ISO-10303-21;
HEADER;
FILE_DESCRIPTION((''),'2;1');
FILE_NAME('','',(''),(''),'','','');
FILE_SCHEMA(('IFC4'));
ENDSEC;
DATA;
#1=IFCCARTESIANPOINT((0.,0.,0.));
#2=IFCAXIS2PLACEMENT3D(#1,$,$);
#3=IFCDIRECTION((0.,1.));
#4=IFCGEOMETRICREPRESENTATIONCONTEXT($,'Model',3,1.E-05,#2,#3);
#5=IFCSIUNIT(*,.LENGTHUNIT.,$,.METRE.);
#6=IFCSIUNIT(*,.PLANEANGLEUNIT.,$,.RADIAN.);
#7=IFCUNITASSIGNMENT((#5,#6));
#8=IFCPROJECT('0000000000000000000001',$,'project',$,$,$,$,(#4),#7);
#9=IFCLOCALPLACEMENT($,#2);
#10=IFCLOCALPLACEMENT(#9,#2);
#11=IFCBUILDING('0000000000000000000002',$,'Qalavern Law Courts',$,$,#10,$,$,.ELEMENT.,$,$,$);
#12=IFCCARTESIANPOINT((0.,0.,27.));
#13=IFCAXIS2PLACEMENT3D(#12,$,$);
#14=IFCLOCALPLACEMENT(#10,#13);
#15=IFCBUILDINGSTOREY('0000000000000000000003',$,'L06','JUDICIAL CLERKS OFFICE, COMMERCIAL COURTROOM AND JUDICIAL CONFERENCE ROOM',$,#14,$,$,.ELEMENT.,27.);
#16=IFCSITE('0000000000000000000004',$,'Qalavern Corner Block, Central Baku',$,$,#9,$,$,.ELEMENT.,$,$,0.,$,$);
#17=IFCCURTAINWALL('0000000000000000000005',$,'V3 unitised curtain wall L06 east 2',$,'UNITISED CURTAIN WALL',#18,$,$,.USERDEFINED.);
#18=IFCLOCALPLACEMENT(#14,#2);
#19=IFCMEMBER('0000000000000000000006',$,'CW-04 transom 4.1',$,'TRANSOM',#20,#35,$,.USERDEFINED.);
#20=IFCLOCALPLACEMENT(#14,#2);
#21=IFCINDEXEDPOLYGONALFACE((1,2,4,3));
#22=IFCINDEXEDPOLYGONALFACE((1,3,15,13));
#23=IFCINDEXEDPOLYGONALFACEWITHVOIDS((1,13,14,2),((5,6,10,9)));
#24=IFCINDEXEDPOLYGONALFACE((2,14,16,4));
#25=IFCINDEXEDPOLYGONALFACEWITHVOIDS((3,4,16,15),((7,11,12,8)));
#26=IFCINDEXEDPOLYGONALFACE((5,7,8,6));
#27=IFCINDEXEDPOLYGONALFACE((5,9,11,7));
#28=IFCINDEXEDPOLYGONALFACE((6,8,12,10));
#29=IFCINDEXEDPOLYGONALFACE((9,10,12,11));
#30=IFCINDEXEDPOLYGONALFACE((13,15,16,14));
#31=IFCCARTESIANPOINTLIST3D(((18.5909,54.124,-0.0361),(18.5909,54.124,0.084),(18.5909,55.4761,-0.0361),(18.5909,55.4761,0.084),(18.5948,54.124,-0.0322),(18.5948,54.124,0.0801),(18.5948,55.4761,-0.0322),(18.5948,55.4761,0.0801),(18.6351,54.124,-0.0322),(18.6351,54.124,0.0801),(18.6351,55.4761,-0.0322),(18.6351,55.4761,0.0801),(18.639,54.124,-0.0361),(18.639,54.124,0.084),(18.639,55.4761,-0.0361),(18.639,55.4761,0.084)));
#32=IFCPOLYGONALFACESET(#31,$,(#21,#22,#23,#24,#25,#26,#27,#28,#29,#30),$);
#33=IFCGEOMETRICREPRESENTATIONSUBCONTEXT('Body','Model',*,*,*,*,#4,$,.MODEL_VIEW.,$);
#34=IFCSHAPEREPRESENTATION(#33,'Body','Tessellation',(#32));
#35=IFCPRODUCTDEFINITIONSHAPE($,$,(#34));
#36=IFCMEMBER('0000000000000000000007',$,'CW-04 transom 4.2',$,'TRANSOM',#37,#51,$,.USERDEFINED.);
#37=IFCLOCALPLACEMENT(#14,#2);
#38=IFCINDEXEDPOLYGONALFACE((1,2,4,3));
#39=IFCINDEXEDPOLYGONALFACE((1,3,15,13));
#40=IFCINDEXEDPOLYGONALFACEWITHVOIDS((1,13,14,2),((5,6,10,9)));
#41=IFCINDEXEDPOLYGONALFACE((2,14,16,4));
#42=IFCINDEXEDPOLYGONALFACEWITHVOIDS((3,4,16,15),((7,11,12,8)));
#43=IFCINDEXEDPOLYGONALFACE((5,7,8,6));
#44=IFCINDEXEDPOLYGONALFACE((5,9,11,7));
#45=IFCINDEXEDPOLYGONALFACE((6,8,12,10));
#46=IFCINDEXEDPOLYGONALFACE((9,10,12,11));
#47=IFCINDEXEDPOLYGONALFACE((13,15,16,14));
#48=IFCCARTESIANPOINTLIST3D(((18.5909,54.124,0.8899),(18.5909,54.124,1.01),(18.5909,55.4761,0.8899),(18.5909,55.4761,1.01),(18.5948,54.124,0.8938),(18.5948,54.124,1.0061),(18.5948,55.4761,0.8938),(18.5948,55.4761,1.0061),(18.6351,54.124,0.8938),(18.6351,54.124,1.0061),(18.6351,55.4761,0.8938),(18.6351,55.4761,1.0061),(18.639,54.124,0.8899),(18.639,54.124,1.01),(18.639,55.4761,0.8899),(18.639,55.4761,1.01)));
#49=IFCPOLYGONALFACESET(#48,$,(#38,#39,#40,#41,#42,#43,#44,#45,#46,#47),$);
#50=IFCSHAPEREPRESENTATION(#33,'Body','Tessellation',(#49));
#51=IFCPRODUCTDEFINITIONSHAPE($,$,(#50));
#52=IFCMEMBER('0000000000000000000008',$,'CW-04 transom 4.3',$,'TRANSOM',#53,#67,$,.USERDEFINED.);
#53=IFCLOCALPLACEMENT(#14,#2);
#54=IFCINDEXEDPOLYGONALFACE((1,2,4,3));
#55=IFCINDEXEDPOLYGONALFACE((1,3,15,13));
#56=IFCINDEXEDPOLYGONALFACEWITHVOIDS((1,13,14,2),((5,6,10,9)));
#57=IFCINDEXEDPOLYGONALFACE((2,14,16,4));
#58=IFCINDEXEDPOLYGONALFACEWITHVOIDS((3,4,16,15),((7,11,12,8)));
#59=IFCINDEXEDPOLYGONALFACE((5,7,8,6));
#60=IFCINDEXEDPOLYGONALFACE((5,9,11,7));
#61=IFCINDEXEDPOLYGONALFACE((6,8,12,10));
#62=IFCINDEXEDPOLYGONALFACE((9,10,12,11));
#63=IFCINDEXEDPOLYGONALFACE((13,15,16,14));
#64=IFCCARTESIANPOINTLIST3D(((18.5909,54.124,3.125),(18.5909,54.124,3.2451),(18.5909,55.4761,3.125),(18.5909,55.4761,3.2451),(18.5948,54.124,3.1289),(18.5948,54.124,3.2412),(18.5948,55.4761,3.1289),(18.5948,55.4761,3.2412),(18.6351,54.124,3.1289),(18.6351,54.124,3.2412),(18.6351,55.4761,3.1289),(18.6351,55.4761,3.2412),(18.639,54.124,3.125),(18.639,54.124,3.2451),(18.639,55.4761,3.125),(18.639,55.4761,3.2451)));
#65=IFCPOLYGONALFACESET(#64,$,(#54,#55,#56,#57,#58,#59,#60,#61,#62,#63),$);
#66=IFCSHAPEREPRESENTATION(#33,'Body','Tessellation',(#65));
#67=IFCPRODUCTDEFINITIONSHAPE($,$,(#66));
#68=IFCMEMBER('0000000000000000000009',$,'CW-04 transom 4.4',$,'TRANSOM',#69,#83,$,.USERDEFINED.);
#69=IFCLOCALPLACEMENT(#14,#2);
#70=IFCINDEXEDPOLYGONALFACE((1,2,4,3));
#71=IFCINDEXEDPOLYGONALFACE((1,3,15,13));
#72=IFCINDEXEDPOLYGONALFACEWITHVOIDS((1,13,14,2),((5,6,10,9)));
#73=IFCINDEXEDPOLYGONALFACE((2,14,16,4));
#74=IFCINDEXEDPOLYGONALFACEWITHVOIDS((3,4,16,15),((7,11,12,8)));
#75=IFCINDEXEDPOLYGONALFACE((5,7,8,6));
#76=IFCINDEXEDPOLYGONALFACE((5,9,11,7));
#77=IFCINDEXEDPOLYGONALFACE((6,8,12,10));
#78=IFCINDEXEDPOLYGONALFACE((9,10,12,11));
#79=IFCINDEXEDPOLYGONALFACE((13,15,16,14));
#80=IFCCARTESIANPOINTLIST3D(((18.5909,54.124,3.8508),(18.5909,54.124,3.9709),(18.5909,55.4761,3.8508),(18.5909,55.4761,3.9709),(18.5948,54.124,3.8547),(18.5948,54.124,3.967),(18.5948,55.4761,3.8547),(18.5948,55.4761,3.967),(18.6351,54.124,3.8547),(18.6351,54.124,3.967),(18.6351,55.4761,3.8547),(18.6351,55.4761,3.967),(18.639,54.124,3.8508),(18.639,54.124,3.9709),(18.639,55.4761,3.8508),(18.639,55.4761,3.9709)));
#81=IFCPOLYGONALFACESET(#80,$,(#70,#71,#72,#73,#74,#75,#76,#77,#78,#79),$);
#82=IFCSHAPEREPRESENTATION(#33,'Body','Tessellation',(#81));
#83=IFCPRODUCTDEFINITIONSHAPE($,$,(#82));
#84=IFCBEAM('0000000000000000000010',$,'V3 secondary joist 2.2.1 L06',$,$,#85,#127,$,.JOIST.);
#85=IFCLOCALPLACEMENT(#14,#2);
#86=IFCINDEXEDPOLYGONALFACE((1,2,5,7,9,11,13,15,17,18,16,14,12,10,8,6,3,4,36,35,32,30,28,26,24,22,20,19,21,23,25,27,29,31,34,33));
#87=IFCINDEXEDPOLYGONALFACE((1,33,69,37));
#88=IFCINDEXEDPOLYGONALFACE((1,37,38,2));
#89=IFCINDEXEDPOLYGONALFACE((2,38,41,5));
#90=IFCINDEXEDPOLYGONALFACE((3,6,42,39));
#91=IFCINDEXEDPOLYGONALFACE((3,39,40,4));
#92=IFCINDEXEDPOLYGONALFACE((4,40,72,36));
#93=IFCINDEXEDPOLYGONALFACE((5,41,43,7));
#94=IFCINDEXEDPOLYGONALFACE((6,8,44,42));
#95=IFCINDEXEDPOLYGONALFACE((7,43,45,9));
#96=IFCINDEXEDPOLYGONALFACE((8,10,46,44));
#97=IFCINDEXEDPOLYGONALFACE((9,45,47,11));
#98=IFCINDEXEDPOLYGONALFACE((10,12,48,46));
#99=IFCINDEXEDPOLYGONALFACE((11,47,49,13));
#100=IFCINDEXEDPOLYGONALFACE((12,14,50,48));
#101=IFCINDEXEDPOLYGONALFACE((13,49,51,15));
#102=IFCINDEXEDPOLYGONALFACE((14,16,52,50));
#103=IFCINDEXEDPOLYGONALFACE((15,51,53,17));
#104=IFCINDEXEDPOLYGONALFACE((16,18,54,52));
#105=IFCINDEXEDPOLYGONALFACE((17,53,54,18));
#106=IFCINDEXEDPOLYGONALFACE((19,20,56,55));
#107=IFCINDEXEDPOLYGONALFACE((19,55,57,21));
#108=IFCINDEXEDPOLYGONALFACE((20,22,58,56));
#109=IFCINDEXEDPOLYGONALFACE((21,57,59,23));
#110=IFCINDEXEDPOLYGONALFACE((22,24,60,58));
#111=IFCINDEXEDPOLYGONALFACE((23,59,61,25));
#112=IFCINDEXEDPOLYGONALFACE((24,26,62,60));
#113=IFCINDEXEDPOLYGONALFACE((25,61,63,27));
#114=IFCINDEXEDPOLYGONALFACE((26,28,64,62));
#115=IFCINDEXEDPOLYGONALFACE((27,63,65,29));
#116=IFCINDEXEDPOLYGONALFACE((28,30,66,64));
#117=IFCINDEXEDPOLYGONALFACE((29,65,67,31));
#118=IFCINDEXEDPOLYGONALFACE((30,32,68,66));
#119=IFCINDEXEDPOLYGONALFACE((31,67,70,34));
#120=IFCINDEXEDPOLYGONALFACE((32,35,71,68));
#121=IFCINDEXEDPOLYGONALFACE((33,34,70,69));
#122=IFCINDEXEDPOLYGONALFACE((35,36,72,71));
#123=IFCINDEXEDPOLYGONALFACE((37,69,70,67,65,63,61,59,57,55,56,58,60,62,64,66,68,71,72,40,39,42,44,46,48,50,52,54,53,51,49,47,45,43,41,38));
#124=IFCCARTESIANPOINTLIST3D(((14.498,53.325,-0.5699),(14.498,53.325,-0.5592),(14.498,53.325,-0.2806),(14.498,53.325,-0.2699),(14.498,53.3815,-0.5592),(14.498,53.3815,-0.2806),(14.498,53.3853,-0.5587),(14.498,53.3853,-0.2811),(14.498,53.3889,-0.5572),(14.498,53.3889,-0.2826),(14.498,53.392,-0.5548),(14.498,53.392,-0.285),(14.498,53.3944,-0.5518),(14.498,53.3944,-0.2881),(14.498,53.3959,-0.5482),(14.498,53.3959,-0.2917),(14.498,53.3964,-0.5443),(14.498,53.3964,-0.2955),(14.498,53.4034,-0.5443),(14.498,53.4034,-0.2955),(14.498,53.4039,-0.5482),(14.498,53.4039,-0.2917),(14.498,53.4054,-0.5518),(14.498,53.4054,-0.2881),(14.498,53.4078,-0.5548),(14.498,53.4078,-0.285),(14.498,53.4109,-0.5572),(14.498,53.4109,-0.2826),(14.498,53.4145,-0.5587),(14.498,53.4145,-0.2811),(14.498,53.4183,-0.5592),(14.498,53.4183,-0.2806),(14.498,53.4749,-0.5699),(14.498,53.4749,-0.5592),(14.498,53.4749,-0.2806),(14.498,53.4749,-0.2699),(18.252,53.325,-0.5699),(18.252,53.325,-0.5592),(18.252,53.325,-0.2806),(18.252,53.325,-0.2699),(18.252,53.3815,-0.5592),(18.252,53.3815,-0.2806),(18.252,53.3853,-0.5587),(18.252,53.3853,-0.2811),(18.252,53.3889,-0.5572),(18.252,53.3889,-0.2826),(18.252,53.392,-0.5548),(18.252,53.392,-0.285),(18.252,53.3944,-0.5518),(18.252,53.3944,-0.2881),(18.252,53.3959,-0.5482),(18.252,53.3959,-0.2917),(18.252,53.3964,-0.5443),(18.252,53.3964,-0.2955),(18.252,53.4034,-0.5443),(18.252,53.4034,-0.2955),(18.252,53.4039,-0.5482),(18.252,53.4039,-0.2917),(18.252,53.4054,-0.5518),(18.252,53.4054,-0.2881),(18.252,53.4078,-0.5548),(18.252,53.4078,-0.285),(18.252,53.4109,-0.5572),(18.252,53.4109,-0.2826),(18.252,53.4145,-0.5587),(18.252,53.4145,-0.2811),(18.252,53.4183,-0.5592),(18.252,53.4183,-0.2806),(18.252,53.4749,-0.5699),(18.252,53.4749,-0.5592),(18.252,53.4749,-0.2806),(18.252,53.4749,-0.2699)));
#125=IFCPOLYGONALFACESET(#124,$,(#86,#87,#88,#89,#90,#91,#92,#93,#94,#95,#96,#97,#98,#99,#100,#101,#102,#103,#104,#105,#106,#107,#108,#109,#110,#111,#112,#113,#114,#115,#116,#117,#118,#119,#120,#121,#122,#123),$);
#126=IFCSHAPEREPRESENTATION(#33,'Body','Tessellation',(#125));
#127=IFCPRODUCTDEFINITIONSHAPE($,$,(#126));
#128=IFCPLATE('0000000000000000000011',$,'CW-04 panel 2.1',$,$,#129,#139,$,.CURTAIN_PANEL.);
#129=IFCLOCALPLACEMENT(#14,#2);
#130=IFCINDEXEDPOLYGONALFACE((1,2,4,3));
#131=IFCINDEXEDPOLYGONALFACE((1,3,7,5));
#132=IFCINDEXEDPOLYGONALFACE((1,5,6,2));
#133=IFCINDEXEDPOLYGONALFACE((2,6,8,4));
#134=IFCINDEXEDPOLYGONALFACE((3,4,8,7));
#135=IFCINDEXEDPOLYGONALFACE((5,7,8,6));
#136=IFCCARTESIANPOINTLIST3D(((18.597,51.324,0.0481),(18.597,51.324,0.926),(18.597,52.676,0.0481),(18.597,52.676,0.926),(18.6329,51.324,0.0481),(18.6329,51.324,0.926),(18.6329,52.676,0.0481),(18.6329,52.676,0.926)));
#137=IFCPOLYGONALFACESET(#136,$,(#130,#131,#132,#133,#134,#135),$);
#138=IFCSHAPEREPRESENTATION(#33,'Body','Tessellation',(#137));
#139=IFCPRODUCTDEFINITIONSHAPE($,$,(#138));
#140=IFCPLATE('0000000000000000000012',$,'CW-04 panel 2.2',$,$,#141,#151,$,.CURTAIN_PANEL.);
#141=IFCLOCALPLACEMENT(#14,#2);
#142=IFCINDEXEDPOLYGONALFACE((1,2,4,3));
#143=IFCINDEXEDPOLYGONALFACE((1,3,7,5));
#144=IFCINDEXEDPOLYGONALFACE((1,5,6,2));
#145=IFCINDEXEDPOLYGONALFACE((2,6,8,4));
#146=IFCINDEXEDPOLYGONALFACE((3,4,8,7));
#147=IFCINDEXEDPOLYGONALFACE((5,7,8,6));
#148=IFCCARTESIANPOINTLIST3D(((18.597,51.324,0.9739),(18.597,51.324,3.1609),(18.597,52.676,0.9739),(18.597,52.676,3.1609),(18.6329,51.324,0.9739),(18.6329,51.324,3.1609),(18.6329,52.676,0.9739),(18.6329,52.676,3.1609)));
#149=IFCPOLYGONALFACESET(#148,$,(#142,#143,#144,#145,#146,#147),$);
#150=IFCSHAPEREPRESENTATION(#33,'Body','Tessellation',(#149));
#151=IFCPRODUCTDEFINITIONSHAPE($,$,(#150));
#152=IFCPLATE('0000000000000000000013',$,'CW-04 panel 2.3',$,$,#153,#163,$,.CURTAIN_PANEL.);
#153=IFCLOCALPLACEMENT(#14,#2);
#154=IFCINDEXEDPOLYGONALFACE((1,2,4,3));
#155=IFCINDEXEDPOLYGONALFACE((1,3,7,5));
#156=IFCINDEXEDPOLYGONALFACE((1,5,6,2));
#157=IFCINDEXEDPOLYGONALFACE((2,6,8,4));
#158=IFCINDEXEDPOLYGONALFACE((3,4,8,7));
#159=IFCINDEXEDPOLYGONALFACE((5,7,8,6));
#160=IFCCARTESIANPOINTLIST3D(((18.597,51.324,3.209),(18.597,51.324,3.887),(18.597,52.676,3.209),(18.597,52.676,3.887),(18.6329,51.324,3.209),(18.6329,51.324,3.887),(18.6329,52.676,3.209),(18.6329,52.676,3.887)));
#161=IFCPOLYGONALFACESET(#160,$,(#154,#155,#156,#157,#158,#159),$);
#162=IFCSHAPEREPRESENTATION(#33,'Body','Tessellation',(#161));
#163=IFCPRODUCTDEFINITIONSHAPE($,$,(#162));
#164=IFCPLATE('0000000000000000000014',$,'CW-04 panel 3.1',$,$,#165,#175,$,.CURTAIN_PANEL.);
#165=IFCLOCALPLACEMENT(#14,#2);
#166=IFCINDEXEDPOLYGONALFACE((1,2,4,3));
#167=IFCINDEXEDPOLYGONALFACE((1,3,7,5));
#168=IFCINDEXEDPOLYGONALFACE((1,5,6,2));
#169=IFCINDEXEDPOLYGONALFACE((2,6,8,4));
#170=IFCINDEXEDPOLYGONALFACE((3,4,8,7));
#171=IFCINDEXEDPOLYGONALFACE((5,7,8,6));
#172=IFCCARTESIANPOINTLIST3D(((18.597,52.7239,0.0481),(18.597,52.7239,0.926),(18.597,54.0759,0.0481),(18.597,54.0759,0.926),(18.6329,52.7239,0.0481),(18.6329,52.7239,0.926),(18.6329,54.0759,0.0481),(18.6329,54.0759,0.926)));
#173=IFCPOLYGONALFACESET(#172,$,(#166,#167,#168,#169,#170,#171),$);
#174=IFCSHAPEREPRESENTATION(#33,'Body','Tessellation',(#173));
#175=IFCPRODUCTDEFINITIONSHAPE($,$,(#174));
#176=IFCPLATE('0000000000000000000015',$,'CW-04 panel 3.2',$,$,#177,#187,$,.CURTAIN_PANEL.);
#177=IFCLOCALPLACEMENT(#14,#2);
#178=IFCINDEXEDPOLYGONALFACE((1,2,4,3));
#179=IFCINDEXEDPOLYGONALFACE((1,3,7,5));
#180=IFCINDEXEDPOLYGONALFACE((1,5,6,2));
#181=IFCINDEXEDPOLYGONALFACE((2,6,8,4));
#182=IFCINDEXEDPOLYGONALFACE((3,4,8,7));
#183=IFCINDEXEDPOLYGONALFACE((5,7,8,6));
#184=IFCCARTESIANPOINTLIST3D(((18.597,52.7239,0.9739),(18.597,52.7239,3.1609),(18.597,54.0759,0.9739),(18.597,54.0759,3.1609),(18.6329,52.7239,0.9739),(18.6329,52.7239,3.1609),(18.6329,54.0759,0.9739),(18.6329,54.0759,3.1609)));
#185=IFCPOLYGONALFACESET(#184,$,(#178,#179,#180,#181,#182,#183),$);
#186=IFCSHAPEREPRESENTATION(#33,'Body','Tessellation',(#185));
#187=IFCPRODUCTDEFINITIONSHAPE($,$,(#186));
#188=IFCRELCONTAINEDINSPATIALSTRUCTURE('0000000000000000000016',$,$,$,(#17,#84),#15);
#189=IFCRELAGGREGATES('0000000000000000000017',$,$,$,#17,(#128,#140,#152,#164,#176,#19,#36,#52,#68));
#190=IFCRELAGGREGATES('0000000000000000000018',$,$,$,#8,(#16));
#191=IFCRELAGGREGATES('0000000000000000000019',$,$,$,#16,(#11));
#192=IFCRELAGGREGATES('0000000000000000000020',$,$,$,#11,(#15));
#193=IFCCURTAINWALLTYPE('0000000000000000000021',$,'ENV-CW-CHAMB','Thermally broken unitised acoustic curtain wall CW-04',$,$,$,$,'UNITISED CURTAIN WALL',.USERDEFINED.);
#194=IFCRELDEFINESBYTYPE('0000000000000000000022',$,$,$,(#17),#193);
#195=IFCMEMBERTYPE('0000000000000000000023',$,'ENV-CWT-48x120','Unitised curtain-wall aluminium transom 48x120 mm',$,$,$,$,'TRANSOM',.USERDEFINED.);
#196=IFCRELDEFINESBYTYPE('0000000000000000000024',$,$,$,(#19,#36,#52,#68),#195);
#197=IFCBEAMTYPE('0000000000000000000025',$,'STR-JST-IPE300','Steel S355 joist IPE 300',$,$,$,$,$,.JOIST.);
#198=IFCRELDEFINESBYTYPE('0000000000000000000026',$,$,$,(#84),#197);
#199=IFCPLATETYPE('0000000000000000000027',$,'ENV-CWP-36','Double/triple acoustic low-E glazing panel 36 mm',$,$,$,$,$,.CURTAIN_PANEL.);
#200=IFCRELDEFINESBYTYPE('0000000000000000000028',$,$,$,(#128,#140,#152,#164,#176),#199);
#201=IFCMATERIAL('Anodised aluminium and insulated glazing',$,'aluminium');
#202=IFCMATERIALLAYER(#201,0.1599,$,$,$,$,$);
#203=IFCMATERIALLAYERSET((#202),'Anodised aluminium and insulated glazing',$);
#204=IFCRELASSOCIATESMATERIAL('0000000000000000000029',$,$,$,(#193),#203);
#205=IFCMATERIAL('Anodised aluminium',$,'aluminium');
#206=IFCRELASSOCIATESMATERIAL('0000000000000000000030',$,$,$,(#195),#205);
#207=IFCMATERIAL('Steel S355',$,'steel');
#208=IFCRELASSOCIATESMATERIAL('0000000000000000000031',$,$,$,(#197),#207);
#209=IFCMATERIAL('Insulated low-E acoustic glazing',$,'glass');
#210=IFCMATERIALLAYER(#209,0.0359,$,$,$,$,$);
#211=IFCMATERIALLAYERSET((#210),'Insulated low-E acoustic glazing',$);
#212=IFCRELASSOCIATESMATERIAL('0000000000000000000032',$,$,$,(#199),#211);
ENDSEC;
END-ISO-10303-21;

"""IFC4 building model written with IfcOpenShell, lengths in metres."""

from ifc_helpers import new_model, si_unit, direction, frame, origin, origin_2d, place, context, subcontext, project, spatial, rectangle, hollow_rectangle, i_section, extrude, material, layer, layer_set, material_profile, profile_set, type_object, element, aggregate, save


model = new_model("IFC4")

# Units and contexts
model_context = context("Model", 3, precision=1e-05, world=origin(), true_north=direction((0.0, 1.0)))
body_context = subcontext(model_context, "Body", "Model", "MODEL_VIEW")
ifc_project = project(units=[si_unit("LENGTHUNIT", "METRE"), si_unit("PLANEANGLEUNIT", "RADIAN")], contexts=[model_context])

# Site, building, storey
site_placement = place(None, origin())
site = spatial("IfcSite", under=ifc_project, at=site_placement, Name="Qalavern Corner Block, Central Baku", CompositionType="ELEMENT", RefElevation=0.0)
building_placement = place(site_placement, origin())
building = spatial("IfcBuilding", under=site, at=building_placement, Name="Qalavern Law Courts", CompositionType="ELEMENT")
storey_placement = place(building_placement, frame((0.0, 0.0, 27.0)))
storey = spatial("IfcBuildingStorey", under=building, at=storey_placement, Name="L06", Description="JUDICIAL CLERKS OFFICE, COMMERCIAL COURTROOM AND JUDICIAL CONFERENCE ROOM", CompositionType="ELEMENT", Elevation=27.0)

# Curtain wall, members
ifc_material_1 = material(Name="Anodised aluminium and insulated glazing", Category="aluminium")
ifc_layer_1 = layer(ifc_material_1, 0.1599)
ifc_layer_set_1 = layer_set([ifc_layer_1], Name="Anodised aluminium and insulated glazing")
curtain_wall_type = type_object("IfcCurtainWallType", Name="ENV-CW-CHAMB", Description="Thermally broken unitised acoustic curtain wall CW-04", ElementType="UNITISED CURTAIN WALL", PredefinedType="USERDEFINED", material=ifc_layer_set_1)
curtain_wall_placement = place(storey_placement, origin())
curtain_wall = element("IfcCurtainWall", 1, at=curtain_wall_placement, inside=storey, type_object=curtain_wall_type, Name="V3 unitised curtain wall L06 east 2", ObjectType="UNITISED CURTAIN WALL", PredefinedType="USERDEFINED")
ifc_material_2 = material(Name="Anodised aluminium", Category="aluminium")
ifc_material_profile_1 = material_profile(ifc_material_2, hollow_rectangle(XDim=0.0481, YDim=0.1201, WallThickness=0.0039, at=origin_2d()), Name="ALU TRANSOM 48x120")
ifc_profile_set_1 = profile_set([ifc_material_profile_1], Name="Anodised aluminium")
member_type_1 = type_object("IfcMemberType", Name="ENV-CWT-48x120", Description="Unitised curtain-wall aluminium transom 48x120 mm", ElementType="TRANSOM", PredefinedType="USERDEFINED", material=ifc_profile_set_1)
member_1_placement = place(storey_placement, frame((18.615, 54.124, 0.0239), z_axis=(0.0, 1.0, 0.0), x_axis=(-1.0, 0.0, 0.0)))
member_1 = element("IfcMember", 2, at=member_1_placement, type_object=member_type_1, Name="CW-04 transom 4.1", ObjectType="TRANSOM", PredefinedType="USERDEFINED", context=body_context, shape_type="SweptSolid", body=[
    extrude(hollow_rectangle(XDim=0.0481, YDim=0.1201, WallThickness=0.0039, at=origin_2d()), origin(), (0.0, 0.0, 1.0), 1.3521),
])
member_2_placement = place(storey_placement, frame((18.615, 54.124, 0.95), z_axis=(0.0, 1.0, 0.0), x_axis=(-1.0, 0.0, 0.0)))
member_2 = element("IfcMember", 3, at=member_2_placement, type_object=member_type_1, Name="CW-04 transom 4.2", ObjectType="TRANSOM", PredefinedType="USERDEFINED", context=body_context, shape_type="SweptSolid", body=[
    extrude(hollow_rectangle(XDim=0.0481, YDim=0.1201, WallThickness=0.0039, at=origin_2d()), origin(), (0.0, 0.0, 1.0), 1.3521),
])
member_3_placement = place(storey_placement, frame((18.615, 54.124, 3.1851), z_axis=(0.0, 1.0, 0.0), x_axis=(-1.0, 0.0, 0.0)))
member_3 = element("IfcMember", 4, at=member_3_placement, type_object=member_type_1, Name="CW-04 transom 4.3", ObjectType="TRANSOM", PredefinedType="USERDEFINED", context=body_context, shape_type="SweptSolid", body=[
    extrude(hollow_rectangle(XDim=0.0481, YDim=0.1201, WallThickness=0.0039, at=origin_2d()), origin(), (0.0, 0.0, 1.0), 1.3521),
])
member_4_placement = place(storey_placement, frame((18.615, 54.124, 3.9109), z_axis=(0.0, 1.0, 0.0), x_axis=(-1.0, 0.0, 0.0)))
member_4 = element("IfcMember", 5, at=member_4_placement, type_object=member_type_1, Name="CW-04 transom 4.4", ObjectType="TRANSOM", PredefinedType="USERDEFINED", context=body_context, shape_type="SweptSolid", body=[
    extrude(hollow_rectangle(XDim=0.0481, YDim=0.1201, WallThickness=0.0039, at=origin_2d()), origin(), (0.0, 0.0, 1.0), 1.3521),
])

# Beam
ifc_material_3 = material(Name="Steel S355", Category="steel")
ifc_material_profile_2 = material_profile(ifc_material_3, i_section(OverallWidth=0.1499, OverallDepth=0.3, WebThickness=0.0071, FlangeThickness=0.0107, FilletRadius=0.0149, at=origin_2d()), Name="IPE 300")
ifc_profile_set_2 = profile_set([ifc_material_profile_2], Name="Steel S355")
beam_type = type_object("IfcBeamType", Name="STR-JST-IPE300", Description="Steel S355 joist IPE 300", PredefinedType="JOIST", material=ifc_profile_set_2)
beam_placement = place(storey_placement, frame((14.498, 53.3999, -0.4199), z_axis=(1.0, 0.0, 0.0), x_axis=(0.0, 1.0, 0.0)))
element("IfcBeam", 6, at=beam_placement, inside=storey, type_object=beam_type, Name="V3 secondary joist 2.2.1 L06", PredefinedType="JOIST", context=body_context, shape_type="SweptSolid", body=[
    extrude(i_section(OverallWidth=0.1499, OverallDepth=0.3, WebThickness=0.0071, FlangeThickness=0.0107, FilletRadius=0.0149, at=origin_2d()), origin(), (0.0, 0.0, 1.0), 3.7539),
])

# Plates
ifc_material_4 = material(Name="Insulated low-E acoustic glazing", Category="glass")
ifc_layer_2 = layer(ifc_material_4, 0.0359)
ifc_layer_set_2 = layer_set([ifc_layer_2], Name="Insulated low-E acoustic glazing")
plate_type = type_object("IfcPlateType", Name="ENV-CWP-36", Description="Double/triple acoustic low-E glazing panel 36 mm", PredefinedType="CURTAIN_PANEL", material=ifc_layer_set_2)
plate_1_placement = place(storey_placement, frame((18.615, 52.0, 0.0481), z_axis=(0.0, 0.0, 1.0), x_axis=(0.0, 1.0, 0.0)))
plate_1 = element("IfcPlate", 7, at=plate_1_placement, type_object=plate_type, Name="CW-04 panel 2.1", PredefinedType="CURTAIN_PANEL", context=body_context, shape_type="SweptSolid", body=[
    extrude(rectangle(XDim=1.3521, YDim=0.0359, at=origin_2d()), origin(), (0.0, 0.0, 1.0), 0.8779),
])
plate_2_placement = place(storey_placement, frame((18.615, 52.0, 0.9739), z_axis=(0.0, 0.0, 1.0), x_axis=(0.0, 1.0, 0.0)))
plate_2 = element("IfcPlate", 8, at=plate_2_placement, type_object=plate_type, Name="CW-04 panel 2.2", PredefinedType="CURTAIN_PANEL", context=body_context, shape_type="SweptSolid", body=[
    extrude(rectangle(XDim=1.3521, YDim=0.0359, at=origin_2d()), origin(), (0.0, 0.0, 1.0), 2.187),
])
plate_3_placement = place(storey_placement, frame((18.615, 52.0, 3.209), z_axis=(0.0, 0.0, 1.0), x_axis=(0.0, 1.0, 0.0)))
plate_3 = element("IfcPlate", 9, at=plate_3_placement, type_object=plate_type, Name="CW-04 panel 2.3", PredefinedType="CURTAIN_PANEL", context=body_context, shape_type="SweptSolid", body=[
    extrude(rectangle(XDim=1.3521, YDim=0.0359, at=origin_2d()), origin(), (0.0, 0.0, 1.0), 0.678),
])
plate_4_placement = place(storey_placement, frame((18.615, 53.3999, 0.0481), z_axis=(0.0, 0.0, 1.0), x_axis=(0.0, 1.0, 0.0)))
plate_4 = element("IfcPlate", 10, at=plate_4_placement, type_object=plate_type, Name="CW-04 panel 3.1", PredefinedType="CURTAIN_PANEL", context=body_context, shape_type="SweptSolid", body=[
    extrude(rectangle(XDim=1.3521, YDim=0.0359, at=origin_2d()), origin(), (0.0, 0.0, 1.0), 0.8779),
])
plate_5_placement = place(storey_placement, frame((18.615, 53.3999, 0.9739), z_axis=(0.0, 0.0, 1.0), x_axis=(0.0, 1.0, 0.0)))
plate_5 = element("IfcPlate", 11, at=plate_5_placement, type_object=plate_type, Name="CW-04 panel 3.2", PredefinedType="CURTAIN_PANEL", context=body_context, shape_type="SweptSolid", body=[
    extrude(rectangle(XDim=1.3521, YDim=0.0359, at=origin_2d()), origin(), (0.0, 0.0, 1.0), 2.187),
])
aggregate(curtain_wall, [plate_1, plate_2, plate_3, plate_4, plate_5, member_1, member_2, member_3, member_4])

save(model, "model.ifc")
